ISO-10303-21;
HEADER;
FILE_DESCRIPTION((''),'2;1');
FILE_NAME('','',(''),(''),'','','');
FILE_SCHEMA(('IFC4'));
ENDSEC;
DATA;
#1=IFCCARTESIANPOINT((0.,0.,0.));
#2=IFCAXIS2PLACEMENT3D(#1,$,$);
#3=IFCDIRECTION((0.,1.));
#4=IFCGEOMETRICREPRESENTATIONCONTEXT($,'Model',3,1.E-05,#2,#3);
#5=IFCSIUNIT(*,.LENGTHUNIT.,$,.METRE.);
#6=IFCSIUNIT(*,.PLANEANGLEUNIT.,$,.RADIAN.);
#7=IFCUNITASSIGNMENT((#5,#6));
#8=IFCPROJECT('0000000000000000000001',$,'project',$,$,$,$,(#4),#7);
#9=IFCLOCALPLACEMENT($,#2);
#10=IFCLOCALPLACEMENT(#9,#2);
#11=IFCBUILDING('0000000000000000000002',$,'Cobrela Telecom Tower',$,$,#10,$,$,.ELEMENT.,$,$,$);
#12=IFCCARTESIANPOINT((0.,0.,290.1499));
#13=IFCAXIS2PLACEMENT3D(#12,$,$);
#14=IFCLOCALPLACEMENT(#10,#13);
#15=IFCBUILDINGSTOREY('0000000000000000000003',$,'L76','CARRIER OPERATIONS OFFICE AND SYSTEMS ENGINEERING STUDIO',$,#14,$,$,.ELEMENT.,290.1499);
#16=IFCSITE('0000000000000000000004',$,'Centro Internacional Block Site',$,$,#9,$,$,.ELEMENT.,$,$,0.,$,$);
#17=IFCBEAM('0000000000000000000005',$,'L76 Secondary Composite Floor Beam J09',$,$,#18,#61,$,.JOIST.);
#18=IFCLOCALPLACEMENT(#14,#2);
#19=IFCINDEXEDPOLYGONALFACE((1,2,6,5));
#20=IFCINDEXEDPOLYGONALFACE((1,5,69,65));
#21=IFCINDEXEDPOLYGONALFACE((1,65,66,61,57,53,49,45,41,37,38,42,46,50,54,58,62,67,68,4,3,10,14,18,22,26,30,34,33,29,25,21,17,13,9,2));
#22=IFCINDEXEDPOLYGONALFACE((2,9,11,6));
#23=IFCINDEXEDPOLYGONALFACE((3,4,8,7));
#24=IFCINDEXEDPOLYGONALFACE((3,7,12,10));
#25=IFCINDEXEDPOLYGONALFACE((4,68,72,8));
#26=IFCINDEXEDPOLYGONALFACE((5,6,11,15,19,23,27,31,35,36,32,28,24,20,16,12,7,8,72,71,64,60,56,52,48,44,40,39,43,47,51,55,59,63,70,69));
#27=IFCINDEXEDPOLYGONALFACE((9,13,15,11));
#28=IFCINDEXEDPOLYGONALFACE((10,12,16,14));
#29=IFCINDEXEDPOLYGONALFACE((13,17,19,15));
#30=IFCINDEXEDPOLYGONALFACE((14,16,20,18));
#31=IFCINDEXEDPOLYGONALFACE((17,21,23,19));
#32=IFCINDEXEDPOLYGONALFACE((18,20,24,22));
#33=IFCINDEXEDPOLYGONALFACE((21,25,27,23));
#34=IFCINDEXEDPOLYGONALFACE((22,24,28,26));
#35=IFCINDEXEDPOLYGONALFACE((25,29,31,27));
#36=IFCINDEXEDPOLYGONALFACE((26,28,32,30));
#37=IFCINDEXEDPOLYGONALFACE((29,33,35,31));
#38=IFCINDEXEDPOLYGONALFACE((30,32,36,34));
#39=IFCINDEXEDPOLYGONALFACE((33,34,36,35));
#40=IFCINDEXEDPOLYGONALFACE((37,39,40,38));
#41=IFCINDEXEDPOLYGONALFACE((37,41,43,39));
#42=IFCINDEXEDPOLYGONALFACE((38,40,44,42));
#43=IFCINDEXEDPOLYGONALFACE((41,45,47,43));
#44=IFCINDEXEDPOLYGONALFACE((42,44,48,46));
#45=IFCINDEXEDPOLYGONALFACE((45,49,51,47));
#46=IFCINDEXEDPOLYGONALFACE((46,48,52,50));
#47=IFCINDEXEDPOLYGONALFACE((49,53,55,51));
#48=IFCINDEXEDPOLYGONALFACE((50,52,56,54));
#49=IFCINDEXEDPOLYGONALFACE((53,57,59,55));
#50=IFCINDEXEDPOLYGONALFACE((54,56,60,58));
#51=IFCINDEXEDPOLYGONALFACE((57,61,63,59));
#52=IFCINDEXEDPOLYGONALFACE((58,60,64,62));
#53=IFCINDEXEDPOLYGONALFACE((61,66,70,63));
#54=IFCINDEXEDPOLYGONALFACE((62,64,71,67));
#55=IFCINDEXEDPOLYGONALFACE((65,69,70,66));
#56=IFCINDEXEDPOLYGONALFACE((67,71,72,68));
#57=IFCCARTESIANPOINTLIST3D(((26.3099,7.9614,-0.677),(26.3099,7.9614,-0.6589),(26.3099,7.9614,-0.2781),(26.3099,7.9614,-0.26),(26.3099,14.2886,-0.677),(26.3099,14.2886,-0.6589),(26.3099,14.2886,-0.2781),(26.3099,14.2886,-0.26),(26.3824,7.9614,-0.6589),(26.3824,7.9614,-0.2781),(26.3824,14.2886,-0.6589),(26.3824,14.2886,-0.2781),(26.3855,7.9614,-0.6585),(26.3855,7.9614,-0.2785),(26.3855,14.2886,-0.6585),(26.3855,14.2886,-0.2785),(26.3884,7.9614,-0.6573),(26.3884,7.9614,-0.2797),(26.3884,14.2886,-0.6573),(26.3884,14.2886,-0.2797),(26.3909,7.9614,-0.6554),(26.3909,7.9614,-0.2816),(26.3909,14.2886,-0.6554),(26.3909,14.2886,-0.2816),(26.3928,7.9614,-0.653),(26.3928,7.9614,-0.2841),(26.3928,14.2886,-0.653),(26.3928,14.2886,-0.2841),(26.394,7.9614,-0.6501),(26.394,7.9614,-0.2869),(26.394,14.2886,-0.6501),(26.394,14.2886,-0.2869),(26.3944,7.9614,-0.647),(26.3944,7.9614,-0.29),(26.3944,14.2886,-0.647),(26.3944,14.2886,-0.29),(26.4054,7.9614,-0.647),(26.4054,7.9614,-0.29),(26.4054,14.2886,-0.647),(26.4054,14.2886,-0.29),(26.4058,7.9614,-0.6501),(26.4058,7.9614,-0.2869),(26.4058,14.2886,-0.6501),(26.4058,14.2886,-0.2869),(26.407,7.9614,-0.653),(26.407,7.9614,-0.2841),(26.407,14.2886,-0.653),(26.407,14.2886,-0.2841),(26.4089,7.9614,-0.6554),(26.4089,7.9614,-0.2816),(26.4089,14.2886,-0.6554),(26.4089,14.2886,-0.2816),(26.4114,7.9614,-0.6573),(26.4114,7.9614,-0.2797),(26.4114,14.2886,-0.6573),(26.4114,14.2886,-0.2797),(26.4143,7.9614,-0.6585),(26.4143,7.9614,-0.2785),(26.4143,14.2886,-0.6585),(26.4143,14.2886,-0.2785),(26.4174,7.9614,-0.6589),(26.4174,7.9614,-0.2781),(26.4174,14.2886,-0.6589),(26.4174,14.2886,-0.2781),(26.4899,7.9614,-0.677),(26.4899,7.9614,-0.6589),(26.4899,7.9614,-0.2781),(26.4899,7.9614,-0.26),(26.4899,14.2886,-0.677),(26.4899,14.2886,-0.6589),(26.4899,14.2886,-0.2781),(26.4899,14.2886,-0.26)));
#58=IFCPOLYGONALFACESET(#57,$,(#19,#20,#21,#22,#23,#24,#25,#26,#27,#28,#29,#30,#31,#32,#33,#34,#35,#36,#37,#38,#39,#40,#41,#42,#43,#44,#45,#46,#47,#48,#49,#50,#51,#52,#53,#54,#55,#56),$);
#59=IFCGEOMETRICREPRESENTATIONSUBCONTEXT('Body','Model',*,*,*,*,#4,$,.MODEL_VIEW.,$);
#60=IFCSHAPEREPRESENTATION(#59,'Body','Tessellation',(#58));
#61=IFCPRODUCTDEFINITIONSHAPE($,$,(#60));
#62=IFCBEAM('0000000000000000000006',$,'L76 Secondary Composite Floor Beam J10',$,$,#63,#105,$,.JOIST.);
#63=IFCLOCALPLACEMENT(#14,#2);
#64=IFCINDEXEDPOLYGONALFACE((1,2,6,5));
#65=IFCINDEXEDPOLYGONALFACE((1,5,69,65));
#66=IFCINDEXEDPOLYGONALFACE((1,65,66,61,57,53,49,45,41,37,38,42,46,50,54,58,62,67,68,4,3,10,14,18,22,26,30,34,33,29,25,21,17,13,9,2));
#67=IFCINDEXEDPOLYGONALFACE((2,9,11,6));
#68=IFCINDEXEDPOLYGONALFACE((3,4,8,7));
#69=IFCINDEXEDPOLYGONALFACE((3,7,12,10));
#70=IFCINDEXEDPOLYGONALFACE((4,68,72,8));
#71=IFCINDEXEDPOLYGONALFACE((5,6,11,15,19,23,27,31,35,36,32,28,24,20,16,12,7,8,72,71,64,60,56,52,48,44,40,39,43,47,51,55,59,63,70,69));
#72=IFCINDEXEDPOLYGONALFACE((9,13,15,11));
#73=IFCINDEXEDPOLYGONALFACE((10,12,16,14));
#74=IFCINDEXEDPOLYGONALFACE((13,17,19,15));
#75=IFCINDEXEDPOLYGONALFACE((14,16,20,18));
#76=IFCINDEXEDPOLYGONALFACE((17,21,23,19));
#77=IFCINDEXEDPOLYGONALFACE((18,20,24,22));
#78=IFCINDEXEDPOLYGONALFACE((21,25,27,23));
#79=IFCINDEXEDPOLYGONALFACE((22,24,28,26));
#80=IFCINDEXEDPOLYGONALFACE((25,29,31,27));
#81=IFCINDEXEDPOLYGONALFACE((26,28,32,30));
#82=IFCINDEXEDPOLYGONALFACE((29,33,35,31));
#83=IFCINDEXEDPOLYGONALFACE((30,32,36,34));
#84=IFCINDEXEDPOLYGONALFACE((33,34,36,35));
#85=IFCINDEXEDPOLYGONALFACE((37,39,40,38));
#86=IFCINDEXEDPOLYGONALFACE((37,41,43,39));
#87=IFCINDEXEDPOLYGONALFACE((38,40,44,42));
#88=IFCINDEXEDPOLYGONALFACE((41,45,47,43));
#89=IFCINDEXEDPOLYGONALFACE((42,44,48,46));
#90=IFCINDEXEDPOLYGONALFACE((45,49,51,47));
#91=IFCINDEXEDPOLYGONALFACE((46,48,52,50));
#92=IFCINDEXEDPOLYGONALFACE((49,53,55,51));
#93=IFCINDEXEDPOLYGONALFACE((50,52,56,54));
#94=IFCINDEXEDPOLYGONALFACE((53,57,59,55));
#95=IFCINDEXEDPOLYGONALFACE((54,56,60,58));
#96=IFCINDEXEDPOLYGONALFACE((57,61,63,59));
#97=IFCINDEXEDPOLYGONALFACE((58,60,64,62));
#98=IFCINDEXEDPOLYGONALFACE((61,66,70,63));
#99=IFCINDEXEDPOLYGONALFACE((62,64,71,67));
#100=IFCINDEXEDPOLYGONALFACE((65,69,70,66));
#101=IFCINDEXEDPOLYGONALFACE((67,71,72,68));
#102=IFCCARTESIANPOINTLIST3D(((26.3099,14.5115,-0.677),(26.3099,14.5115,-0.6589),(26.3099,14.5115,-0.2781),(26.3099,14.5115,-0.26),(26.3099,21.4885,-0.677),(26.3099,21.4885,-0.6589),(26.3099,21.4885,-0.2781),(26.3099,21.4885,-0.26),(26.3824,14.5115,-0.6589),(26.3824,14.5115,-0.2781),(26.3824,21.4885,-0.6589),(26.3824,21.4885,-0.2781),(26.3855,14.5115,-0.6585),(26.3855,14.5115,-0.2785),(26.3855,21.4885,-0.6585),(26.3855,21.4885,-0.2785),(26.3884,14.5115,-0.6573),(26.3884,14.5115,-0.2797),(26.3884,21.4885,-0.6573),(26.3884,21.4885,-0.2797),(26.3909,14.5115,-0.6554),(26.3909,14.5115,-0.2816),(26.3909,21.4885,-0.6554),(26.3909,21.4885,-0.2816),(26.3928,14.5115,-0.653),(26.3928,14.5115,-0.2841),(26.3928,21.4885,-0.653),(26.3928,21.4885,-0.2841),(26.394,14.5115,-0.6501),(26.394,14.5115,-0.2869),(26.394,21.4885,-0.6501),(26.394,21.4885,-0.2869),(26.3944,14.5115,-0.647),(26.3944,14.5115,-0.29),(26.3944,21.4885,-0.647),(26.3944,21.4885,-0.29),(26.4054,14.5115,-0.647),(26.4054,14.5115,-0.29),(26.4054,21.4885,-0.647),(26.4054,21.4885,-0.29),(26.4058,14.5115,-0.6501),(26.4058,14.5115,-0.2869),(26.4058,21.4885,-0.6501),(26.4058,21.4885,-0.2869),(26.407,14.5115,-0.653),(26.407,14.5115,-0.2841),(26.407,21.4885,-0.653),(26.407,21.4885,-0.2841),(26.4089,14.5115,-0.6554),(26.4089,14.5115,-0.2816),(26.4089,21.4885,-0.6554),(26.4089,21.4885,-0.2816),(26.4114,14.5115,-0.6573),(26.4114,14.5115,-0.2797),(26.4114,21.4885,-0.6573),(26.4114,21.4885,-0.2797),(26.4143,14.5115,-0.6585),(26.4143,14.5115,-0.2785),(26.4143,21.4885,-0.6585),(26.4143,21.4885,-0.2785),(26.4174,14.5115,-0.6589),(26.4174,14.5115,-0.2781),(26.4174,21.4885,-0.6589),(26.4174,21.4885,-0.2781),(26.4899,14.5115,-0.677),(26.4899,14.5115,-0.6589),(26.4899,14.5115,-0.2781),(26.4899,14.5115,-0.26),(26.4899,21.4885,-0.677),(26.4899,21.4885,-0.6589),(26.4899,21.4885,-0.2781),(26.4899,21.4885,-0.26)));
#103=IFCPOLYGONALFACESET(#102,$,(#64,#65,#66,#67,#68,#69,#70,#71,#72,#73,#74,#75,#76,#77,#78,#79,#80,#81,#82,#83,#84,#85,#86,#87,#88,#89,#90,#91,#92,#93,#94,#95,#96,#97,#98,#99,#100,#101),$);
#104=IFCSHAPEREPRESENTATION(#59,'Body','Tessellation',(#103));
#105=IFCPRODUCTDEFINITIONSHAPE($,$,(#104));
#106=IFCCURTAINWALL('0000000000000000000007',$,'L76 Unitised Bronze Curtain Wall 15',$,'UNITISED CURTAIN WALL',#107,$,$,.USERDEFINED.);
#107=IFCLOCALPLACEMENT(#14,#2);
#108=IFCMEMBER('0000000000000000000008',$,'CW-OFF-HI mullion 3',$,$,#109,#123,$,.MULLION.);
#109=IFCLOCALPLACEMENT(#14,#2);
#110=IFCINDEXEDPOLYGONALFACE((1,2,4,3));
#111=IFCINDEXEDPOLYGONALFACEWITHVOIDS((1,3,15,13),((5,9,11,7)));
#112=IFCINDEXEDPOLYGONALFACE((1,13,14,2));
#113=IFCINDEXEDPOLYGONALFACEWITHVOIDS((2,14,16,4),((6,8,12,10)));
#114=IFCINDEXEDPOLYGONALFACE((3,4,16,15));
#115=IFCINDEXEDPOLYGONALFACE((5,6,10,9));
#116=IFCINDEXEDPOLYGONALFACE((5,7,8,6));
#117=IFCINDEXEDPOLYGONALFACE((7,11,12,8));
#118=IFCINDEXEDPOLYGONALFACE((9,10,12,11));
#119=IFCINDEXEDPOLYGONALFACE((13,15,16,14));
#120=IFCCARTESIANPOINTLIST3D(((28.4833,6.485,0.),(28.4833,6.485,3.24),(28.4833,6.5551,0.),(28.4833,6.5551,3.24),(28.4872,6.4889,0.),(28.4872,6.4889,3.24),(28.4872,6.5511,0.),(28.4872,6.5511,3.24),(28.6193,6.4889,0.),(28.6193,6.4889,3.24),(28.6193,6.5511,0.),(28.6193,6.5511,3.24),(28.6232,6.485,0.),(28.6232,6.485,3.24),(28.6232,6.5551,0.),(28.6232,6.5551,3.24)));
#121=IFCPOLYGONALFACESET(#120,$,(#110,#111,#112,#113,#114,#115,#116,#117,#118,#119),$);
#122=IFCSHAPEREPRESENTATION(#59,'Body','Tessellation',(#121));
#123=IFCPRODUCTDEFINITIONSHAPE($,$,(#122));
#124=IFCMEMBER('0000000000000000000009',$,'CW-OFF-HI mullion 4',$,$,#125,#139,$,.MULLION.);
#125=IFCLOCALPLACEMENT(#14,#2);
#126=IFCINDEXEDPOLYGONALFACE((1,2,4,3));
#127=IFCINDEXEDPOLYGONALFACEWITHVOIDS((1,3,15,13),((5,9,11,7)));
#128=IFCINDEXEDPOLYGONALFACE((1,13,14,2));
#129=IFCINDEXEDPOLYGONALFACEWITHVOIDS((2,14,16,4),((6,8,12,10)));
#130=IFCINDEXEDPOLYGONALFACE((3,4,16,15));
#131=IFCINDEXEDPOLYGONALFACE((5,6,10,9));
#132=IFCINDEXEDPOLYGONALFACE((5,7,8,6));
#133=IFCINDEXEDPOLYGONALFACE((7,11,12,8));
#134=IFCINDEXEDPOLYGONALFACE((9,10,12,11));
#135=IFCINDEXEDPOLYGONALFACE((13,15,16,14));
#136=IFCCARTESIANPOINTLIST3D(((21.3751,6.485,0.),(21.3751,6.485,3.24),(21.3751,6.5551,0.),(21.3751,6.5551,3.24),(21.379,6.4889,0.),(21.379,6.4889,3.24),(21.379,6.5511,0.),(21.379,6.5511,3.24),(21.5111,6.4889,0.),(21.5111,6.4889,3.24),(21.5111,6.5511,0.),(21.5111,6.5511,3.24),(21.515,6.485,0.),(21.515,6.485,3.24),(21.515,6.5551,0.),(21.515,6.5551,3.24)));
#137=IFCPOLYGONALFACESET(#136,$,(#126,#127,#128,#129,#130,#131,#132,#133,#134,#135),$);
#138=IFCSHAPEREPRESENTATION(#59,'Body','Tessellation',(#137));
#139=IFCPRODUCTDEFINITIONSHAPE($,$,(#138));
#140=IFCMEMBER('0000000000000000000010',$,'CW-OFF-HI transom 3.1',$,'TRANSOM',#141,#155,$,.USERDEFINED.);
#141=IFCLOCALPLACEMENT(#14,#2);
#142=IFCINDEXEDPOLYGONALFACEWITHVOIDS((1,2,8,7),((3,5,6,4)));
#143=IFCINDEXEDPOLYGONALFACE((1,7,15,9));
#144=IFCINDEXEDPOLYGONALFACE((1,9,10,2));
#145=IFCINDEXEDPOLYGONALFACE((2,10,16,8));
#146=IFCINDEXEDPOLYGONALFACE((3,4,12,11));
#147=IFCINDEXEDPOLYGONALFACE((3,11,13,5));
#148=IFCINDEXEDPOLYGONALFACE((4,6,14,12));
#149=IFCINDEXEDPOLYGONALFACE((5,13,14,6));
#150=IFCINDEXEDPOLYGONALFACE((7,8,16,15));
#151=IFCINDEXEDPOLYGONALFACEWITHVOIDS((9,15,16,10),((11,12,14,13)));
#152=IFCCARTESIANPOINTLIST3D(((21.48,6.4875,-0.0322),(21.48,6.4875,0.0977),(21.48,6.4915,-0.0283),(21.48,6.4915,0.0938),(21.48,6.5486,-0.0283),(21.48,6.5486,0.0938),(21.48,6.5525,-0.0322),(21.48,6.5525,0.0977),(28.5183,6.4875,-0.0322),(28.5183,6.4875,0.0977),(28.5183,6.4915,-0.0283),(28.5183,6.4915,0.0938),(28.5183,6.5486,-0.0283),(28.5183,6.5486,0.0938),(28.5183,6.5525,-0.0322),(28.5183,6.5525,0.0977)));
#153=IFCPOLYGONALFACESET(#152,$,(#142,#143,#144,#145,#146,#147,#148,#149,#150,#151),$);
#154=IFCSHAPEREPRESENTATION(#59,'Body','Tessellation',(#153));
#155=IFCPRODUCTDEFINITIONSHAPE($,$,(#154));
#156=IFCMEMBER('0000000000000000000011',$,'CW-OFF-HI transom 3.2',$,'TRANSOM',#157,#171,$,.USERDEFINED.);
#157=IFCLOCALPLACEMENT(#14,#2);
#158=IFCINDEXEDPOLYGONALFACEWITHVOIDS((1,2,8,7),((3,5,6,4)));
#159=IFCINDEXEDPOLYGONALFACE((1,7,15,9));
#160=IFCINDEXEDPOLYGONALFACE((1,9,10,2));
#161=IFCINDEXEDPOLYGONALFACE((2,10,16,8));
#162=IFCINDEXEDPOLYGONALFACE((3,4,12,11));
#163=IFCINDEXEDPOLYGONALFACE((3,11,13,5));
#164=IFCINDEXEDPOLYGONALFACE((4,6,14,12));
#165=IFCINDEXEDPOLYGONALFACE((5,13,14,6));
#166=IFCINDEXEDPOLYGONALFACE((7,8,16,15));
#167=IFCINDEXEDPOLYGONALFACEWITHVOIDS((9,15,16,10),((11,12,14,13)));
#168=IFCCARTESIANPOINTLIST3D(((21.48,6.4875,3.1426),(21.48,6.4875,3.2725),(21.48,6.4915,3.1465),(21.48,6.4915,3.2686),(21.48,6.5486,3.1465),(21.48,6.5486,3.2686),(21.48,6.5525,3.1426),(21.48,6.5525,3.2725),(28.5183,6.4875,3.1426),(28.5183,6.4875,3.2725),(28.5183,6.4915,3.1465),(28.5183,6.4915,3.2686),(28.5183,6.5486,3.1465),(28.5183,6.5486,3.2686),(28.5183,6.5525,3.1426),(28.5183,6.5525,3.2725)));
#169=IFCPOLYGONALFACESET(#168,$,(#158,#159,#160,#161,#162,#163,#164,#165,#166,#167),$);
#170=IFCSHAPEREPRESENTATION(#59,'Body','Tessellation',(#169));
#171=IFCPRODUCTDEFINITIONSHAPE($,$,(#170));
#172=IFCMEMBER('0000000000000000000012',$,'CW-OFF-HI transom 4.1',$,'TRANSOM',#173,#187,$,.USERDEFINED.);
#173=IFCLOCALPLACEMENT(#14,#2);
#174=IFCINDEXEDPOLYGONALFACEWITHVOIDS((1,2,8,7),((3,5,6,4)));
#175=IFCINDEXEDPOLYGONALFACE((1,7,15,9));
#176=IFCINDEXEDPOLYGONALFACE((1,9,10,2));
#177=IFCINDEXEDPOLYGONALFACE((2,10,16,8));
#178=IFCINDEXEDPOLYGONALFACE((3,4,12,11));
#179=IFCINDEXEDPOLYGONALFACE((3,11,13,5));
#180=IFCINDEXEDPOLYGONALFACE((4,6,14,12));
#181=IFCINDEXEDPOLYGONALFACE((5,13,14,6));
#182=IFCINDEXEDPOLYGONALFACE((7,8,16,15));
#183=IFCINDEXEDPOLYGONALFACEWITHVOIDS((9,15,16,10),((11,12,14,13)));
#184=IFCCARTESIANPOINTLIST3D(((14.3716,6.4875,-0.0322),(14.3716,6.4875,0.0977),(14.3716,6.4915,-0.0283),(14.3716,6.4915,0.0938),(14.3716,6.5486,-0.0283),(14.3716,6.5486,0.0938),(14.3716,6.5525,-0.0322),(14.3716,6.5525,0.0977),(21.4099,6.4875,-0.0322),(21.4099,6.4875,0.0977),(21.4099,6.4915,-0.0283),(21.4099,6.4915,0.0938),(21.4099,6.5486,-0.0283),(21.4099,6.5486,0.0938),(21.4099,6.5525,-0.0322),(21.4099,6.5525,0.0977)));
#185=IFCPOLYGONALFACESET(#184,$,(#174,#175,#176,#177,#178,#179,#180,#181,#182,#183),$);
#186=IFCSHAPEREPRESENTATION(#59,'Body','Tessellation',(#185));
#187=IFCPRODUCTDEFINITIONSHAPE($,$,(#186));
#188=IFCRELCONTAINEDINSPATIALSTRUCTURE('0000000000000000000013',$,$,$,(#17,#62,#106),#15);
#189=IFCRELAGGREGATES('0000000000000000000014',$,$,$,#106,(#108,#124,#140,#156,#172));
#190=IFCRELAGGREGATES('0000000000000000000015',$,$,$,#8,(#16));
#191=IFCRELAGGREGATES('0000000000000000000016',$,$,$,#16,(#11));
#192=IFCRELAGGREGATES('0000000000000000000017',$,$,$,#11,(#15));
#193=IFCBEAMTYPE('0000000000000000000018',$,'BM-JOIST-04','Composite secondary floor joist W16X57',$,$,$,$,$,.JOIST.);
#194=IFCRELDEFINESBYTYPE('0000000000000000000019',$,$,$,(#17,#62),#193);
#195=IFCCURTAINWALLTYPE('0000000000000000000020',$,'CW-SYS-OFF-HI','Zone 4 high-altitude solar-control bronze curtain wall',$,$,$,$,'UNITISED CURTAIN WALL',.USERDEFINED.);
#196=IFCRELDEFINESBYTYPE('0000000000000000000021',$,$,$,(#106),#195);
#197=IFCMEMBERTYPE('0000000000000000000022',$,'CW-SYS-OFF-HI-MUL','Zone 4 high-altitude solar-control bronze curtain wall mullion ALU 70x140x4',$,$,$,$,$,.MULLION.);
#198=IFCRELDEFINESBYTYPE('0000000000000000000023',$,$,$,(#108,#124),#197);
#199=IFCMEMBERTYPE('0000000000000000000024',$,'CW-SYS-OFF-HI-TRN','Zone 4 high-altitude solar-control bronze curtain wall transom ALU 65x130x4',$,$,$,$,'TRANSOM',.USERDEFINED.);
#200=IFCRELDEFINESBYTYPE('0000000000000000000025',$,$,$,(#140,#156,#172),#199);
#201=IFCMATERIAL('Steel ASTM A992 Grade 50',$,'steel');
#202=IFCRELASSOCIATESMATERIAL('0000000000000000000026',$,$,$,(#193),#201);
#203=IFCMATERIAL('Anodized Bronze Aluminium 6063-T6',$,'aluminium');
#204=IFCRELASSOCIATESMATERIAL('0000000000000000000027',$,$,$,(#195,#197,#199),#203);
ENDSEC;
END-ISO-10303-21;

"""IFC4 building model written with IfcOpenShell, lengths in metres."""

from ifc_helpers import new_model, si_unit, direction, frame, origin, origin_2d, place, context, subcontext, project, spatial, hollow_rectangle, i_section, extrude, material, material_profile, profile_set, type_object, element, aggregate, save


model = new_model("IFC4")

# Units and contexts
model_context = context("Model", 3, precision=1e-05, world=origin(), true_north=direction((0.0, 1.0)))
body_context = subcontext(model_context, "Body", "Model", "MODEL_VIEW")
ifc_project = project(units=[si_unit("LENGTHUNIT", "METRE"), si_unit("PLANEANGLEUNIT", "RADIAN")], contexts=[model_context])

# Site, building, storey
site_placement = place(None, origin())
site = spatial("IfcSite", under=ifc_project, at=site_placement, Name="Centro Internacional Block Site", CompositionType="ELEMENT", RefElevation=0.0)
building_placement = place(site_placement, origin())
building = spatial("IfcBuilding", under=site, at=building_placement, Name="Cobrela Telecom Tower", CompositionType="ELEMENT")
storey_placement = place(building_placement, frame((0.0, 0.0, 290.1499)))
storey = spatial("IfcBuildingStorey", under=building, at=storey_placement, Name="L76", Description="CARRIER OPERATIONS OFFICE AND SYSTEMS ENGINEERING STUDIO", CompositionType="ELEMENT", Elevation=290.1499)

# Shared definitions
ifc_material_1 = material(Name="Steel ASTM A992 Grade 50", Category="steel")

# Beams
ifc_material_profile_1 = material_profile(ifc_material_1, i_section(OverallWidth=0.1799, OverallDepth=0.417, WebThickness=0.011, FlangeThickness=0.0181, FilletRadius=0.012, at=origin_2d()), Name="W16X57")
ifc_profile_set_1 = profile_set([ifc_material_profile_1], Name="Steel ASTM A992 Grade 50")
beam_type_1 = type_object("IfcBeamType", Name="BM-JOIST-04", Description="Composite secondary floor joist W16X57", PredefinedType="JOIST", material=ifc_profile_set_1)
beam_1_placement = place(storey_placement, frame((26.3999, 7.9614, -0.4685), z_axis=(0.0, 1.0, 0.0), x_axis=(-1.0, 0.0, 0.0)))
element("IfcBeam", 1, at=beam_1_placement, inside=storey, type_object=beam_type_1, Name="L76 Secondary Composite Floor Beam J09", PredefinedType="JOIST", context=body_context, shape_type="SweptSolid", body=[
    extrude(i_section(OverallWidth=0.1799, OverallDepth=0.417, WebThickness=0.011, FlangeThickness=0.0181, FilletRadius=0.012, at=origin_2d()), origin(), (0.0, 0.0, 1.0), 6.3271),
])
beam_2_placement = place(storey_placement, frame((26.3999, 14.5115, -0.4685), z_axis=(0.0, 1.0, 0.0), x_axis=(-1.0, 0.0, 0.0)))
element("IfcBeam", 2, at=beam_2_placement, inside=storey, type_object=beam_type_1, Name="L76 Secondary Composite Floor Beam J10", PredefinedType="JOIST", context=body_context, shape_type="SweptSolid", body=[
    extrude(i_section(OverallWidth=0.1799, OverallDepth=0.417, WebThickness=0.011, FlangeThickness=0.0181, FilletRadius=0.012, at=origin_2d()), origin(), (0.0, 0.0, 1.0), 6.9771),
])

# Curtain wall, members
ifc_material_2 = material(Name="Anodized Bronze Aluminium 6063-T6", Category="aluminium")
curtain_wall_type = type_object("IfcCurtainWallType", Name="CW-SYS-OFF-HI", Description="Zone 4 high-altitude solar-control bronze curtain wall", ElementType="UNITISED CURTAIN WALL", PredefinedType="USERDEFINED", material=ifc_material_2)
curtain_wall_placement = place(storey_placement, origin())
curtain_wall = element("IfcCurtainWall", 3, at=curtain_wall_placement, inside=storey, type_object=curtain_wall_type, Name="L76 Unitised Bronze Curtain Wall 15", ObjectType="UNITISED CURTAIN WALL", PredefinedType="USERDEFINED")
ifc_material_profile_2 = material_profile(ifc_material_2, hollow_rectangle(XDim=0.0701, YDim=0.1399, WallThickness=0.0039, at=origin_2d()), Name="ALU 70x140x4")
ifc_profile_set_2 = profile_set([ifc_material_profile_2], Name="Anodized Bronze Aluminium 6063-T6")
member_type_1 = type_object("IfcMemberType", Name="CW-SYS-OFF-HI-MUL", Description="Zone 4 high-altitude solar-control bronze curtain wall mullion ALU 70x140x4", PredefinedType="MULLION", material=ifc_profile_set_2)
member_1_placement = place(storey_placement, frame((28.5532, 6.52, 0.0), z_axis=(0.0, 0.0, 1.0), x_axis=(0.0, -1.0, 0.0)))
member_1 = element("IfcMember", 4, at=member_1_placement, type_object=member_type_1, Name="CW-OFF-HI mullion 3", PredefinedType="MULLION", context=body_context, shape_type="SweptSolid", body=[
    extrude(hollow_rectangle(XDim=0.0701, YDim=0.1399, WallThickness=0.0039, at=origin_2d()), origin(), (0.0, 0.0, 1.0), 3.24),
])
member_2_placement = place(storey_placement, frame((21.4451, 6.52, 0.0), z_axis=(0.0, 0.0, 1.0), x_axis=(0.0, -1.0, 0.0)))
member_2 = element("IfcMember", 5, at=member_2_placement, type_object=member_type_1, Name="CW-OFF-HI mullion 4", PredefinedType="MULLION", context=body_context, shape_type="SweptSolid", body=[
    extrude(hollow_rectangle(XDim=0.0701, YDim=0.1399, WallThickness=0.0039, at=origin_2d()), origin(), (0.0, 0.0, 1.0), 3.24),
])
ifc_material_profile_3 = material_profile(ifc_material_2, hollow_rectangle(XDim=0.0649, YDim=0.1299, WallThickness=0.0039, at=origin_2d()), Name="ALU 65x130x4")
ifc_profile_set_3 = profile_set([ifc_material_profile_3], Name="Anodized Bronze Aluminium 6063-T6")
member_type_2 = type_object("IfcMemberType", Name="CW-SYS-OFF-HI-TRN", Description="Zone 4 high-altitude solar-control bronze curtain wall transom ALU 65x130x4", ElementType="TRANSOM", PredefinedType="USERDEFINED", material=ifc_profile_set_3)
member_3_placement = place(storey_placement, frame((28.5183, 6.52, 0.0327), z_axis=(-1.0, 0.0, 0.0), x_axis=(0.0, -1.0, 0.0)))
member_3 = element("IfcMember", 6, at=member_3_placement, type_object=member_type_2, Name="CW-OFF-HI transom 3.1", ObjectType="TRANSOM", PredefinedType="USERDEFINED", context=body_context, shape_type="SweptSolid", body=[
    extrude(hollow_rectangle(XDim=0.0649, YDim=0.1299, WallThickness=0.0039, at=origin_2d()), origin(), (0.0, 0.0, 1.0), 7.0383),
])
member_4_placement = place(storey_placement, frame((28.5183, 6.52, 3.2075), z_axis=(-1.0, 0.0, 0.0), x_axis=(0.0, -1.0, 0.0)))
member_4 = element("IfcMember", 7, at=member_4_placement, type_object=member_type_2, Name="CW-OFF-HI transom 3.2", ObjectType="TRANSOM", PredefinedType="USERDEFINED", context=body_context, shape_type="SweptSolid", body=[
    extrude(hollow_rectangle(XDim=0.0649, YDim=0.1299, WallThickness=0.0039, at=origin_2d()), origin(), (0.0, 0.0, 1.0), 7.0383),
])
member_5_placement = place(storey_placement, frame((21.4099, 6.52, 0.0327), z_axis=(-1.0, 0.0, 0.0), x_axis=(0.0, -1.0, 0.0)))
member_5 = element("IfcMember", 8, at=member_5_placement, type_object=member_type_2, Name="CW-OFF-HI transom 4.1", ObjectType="TRANSOM", PredefinedType="USERDEFINED", context=body_context, shape_type="SweptSolid", body=[
    extrude(hollow_rectangle(XDim=0.0649, YDim=0.1299, WallThickness=0.0039, at=origin_2d()), origin(), (0.0, 0.0, 1.0), 7.0383),
])
aggregate(curtain_wall, [member_1, member_2, member_3, member_4, member_5])

save(model, "model.ifc")
